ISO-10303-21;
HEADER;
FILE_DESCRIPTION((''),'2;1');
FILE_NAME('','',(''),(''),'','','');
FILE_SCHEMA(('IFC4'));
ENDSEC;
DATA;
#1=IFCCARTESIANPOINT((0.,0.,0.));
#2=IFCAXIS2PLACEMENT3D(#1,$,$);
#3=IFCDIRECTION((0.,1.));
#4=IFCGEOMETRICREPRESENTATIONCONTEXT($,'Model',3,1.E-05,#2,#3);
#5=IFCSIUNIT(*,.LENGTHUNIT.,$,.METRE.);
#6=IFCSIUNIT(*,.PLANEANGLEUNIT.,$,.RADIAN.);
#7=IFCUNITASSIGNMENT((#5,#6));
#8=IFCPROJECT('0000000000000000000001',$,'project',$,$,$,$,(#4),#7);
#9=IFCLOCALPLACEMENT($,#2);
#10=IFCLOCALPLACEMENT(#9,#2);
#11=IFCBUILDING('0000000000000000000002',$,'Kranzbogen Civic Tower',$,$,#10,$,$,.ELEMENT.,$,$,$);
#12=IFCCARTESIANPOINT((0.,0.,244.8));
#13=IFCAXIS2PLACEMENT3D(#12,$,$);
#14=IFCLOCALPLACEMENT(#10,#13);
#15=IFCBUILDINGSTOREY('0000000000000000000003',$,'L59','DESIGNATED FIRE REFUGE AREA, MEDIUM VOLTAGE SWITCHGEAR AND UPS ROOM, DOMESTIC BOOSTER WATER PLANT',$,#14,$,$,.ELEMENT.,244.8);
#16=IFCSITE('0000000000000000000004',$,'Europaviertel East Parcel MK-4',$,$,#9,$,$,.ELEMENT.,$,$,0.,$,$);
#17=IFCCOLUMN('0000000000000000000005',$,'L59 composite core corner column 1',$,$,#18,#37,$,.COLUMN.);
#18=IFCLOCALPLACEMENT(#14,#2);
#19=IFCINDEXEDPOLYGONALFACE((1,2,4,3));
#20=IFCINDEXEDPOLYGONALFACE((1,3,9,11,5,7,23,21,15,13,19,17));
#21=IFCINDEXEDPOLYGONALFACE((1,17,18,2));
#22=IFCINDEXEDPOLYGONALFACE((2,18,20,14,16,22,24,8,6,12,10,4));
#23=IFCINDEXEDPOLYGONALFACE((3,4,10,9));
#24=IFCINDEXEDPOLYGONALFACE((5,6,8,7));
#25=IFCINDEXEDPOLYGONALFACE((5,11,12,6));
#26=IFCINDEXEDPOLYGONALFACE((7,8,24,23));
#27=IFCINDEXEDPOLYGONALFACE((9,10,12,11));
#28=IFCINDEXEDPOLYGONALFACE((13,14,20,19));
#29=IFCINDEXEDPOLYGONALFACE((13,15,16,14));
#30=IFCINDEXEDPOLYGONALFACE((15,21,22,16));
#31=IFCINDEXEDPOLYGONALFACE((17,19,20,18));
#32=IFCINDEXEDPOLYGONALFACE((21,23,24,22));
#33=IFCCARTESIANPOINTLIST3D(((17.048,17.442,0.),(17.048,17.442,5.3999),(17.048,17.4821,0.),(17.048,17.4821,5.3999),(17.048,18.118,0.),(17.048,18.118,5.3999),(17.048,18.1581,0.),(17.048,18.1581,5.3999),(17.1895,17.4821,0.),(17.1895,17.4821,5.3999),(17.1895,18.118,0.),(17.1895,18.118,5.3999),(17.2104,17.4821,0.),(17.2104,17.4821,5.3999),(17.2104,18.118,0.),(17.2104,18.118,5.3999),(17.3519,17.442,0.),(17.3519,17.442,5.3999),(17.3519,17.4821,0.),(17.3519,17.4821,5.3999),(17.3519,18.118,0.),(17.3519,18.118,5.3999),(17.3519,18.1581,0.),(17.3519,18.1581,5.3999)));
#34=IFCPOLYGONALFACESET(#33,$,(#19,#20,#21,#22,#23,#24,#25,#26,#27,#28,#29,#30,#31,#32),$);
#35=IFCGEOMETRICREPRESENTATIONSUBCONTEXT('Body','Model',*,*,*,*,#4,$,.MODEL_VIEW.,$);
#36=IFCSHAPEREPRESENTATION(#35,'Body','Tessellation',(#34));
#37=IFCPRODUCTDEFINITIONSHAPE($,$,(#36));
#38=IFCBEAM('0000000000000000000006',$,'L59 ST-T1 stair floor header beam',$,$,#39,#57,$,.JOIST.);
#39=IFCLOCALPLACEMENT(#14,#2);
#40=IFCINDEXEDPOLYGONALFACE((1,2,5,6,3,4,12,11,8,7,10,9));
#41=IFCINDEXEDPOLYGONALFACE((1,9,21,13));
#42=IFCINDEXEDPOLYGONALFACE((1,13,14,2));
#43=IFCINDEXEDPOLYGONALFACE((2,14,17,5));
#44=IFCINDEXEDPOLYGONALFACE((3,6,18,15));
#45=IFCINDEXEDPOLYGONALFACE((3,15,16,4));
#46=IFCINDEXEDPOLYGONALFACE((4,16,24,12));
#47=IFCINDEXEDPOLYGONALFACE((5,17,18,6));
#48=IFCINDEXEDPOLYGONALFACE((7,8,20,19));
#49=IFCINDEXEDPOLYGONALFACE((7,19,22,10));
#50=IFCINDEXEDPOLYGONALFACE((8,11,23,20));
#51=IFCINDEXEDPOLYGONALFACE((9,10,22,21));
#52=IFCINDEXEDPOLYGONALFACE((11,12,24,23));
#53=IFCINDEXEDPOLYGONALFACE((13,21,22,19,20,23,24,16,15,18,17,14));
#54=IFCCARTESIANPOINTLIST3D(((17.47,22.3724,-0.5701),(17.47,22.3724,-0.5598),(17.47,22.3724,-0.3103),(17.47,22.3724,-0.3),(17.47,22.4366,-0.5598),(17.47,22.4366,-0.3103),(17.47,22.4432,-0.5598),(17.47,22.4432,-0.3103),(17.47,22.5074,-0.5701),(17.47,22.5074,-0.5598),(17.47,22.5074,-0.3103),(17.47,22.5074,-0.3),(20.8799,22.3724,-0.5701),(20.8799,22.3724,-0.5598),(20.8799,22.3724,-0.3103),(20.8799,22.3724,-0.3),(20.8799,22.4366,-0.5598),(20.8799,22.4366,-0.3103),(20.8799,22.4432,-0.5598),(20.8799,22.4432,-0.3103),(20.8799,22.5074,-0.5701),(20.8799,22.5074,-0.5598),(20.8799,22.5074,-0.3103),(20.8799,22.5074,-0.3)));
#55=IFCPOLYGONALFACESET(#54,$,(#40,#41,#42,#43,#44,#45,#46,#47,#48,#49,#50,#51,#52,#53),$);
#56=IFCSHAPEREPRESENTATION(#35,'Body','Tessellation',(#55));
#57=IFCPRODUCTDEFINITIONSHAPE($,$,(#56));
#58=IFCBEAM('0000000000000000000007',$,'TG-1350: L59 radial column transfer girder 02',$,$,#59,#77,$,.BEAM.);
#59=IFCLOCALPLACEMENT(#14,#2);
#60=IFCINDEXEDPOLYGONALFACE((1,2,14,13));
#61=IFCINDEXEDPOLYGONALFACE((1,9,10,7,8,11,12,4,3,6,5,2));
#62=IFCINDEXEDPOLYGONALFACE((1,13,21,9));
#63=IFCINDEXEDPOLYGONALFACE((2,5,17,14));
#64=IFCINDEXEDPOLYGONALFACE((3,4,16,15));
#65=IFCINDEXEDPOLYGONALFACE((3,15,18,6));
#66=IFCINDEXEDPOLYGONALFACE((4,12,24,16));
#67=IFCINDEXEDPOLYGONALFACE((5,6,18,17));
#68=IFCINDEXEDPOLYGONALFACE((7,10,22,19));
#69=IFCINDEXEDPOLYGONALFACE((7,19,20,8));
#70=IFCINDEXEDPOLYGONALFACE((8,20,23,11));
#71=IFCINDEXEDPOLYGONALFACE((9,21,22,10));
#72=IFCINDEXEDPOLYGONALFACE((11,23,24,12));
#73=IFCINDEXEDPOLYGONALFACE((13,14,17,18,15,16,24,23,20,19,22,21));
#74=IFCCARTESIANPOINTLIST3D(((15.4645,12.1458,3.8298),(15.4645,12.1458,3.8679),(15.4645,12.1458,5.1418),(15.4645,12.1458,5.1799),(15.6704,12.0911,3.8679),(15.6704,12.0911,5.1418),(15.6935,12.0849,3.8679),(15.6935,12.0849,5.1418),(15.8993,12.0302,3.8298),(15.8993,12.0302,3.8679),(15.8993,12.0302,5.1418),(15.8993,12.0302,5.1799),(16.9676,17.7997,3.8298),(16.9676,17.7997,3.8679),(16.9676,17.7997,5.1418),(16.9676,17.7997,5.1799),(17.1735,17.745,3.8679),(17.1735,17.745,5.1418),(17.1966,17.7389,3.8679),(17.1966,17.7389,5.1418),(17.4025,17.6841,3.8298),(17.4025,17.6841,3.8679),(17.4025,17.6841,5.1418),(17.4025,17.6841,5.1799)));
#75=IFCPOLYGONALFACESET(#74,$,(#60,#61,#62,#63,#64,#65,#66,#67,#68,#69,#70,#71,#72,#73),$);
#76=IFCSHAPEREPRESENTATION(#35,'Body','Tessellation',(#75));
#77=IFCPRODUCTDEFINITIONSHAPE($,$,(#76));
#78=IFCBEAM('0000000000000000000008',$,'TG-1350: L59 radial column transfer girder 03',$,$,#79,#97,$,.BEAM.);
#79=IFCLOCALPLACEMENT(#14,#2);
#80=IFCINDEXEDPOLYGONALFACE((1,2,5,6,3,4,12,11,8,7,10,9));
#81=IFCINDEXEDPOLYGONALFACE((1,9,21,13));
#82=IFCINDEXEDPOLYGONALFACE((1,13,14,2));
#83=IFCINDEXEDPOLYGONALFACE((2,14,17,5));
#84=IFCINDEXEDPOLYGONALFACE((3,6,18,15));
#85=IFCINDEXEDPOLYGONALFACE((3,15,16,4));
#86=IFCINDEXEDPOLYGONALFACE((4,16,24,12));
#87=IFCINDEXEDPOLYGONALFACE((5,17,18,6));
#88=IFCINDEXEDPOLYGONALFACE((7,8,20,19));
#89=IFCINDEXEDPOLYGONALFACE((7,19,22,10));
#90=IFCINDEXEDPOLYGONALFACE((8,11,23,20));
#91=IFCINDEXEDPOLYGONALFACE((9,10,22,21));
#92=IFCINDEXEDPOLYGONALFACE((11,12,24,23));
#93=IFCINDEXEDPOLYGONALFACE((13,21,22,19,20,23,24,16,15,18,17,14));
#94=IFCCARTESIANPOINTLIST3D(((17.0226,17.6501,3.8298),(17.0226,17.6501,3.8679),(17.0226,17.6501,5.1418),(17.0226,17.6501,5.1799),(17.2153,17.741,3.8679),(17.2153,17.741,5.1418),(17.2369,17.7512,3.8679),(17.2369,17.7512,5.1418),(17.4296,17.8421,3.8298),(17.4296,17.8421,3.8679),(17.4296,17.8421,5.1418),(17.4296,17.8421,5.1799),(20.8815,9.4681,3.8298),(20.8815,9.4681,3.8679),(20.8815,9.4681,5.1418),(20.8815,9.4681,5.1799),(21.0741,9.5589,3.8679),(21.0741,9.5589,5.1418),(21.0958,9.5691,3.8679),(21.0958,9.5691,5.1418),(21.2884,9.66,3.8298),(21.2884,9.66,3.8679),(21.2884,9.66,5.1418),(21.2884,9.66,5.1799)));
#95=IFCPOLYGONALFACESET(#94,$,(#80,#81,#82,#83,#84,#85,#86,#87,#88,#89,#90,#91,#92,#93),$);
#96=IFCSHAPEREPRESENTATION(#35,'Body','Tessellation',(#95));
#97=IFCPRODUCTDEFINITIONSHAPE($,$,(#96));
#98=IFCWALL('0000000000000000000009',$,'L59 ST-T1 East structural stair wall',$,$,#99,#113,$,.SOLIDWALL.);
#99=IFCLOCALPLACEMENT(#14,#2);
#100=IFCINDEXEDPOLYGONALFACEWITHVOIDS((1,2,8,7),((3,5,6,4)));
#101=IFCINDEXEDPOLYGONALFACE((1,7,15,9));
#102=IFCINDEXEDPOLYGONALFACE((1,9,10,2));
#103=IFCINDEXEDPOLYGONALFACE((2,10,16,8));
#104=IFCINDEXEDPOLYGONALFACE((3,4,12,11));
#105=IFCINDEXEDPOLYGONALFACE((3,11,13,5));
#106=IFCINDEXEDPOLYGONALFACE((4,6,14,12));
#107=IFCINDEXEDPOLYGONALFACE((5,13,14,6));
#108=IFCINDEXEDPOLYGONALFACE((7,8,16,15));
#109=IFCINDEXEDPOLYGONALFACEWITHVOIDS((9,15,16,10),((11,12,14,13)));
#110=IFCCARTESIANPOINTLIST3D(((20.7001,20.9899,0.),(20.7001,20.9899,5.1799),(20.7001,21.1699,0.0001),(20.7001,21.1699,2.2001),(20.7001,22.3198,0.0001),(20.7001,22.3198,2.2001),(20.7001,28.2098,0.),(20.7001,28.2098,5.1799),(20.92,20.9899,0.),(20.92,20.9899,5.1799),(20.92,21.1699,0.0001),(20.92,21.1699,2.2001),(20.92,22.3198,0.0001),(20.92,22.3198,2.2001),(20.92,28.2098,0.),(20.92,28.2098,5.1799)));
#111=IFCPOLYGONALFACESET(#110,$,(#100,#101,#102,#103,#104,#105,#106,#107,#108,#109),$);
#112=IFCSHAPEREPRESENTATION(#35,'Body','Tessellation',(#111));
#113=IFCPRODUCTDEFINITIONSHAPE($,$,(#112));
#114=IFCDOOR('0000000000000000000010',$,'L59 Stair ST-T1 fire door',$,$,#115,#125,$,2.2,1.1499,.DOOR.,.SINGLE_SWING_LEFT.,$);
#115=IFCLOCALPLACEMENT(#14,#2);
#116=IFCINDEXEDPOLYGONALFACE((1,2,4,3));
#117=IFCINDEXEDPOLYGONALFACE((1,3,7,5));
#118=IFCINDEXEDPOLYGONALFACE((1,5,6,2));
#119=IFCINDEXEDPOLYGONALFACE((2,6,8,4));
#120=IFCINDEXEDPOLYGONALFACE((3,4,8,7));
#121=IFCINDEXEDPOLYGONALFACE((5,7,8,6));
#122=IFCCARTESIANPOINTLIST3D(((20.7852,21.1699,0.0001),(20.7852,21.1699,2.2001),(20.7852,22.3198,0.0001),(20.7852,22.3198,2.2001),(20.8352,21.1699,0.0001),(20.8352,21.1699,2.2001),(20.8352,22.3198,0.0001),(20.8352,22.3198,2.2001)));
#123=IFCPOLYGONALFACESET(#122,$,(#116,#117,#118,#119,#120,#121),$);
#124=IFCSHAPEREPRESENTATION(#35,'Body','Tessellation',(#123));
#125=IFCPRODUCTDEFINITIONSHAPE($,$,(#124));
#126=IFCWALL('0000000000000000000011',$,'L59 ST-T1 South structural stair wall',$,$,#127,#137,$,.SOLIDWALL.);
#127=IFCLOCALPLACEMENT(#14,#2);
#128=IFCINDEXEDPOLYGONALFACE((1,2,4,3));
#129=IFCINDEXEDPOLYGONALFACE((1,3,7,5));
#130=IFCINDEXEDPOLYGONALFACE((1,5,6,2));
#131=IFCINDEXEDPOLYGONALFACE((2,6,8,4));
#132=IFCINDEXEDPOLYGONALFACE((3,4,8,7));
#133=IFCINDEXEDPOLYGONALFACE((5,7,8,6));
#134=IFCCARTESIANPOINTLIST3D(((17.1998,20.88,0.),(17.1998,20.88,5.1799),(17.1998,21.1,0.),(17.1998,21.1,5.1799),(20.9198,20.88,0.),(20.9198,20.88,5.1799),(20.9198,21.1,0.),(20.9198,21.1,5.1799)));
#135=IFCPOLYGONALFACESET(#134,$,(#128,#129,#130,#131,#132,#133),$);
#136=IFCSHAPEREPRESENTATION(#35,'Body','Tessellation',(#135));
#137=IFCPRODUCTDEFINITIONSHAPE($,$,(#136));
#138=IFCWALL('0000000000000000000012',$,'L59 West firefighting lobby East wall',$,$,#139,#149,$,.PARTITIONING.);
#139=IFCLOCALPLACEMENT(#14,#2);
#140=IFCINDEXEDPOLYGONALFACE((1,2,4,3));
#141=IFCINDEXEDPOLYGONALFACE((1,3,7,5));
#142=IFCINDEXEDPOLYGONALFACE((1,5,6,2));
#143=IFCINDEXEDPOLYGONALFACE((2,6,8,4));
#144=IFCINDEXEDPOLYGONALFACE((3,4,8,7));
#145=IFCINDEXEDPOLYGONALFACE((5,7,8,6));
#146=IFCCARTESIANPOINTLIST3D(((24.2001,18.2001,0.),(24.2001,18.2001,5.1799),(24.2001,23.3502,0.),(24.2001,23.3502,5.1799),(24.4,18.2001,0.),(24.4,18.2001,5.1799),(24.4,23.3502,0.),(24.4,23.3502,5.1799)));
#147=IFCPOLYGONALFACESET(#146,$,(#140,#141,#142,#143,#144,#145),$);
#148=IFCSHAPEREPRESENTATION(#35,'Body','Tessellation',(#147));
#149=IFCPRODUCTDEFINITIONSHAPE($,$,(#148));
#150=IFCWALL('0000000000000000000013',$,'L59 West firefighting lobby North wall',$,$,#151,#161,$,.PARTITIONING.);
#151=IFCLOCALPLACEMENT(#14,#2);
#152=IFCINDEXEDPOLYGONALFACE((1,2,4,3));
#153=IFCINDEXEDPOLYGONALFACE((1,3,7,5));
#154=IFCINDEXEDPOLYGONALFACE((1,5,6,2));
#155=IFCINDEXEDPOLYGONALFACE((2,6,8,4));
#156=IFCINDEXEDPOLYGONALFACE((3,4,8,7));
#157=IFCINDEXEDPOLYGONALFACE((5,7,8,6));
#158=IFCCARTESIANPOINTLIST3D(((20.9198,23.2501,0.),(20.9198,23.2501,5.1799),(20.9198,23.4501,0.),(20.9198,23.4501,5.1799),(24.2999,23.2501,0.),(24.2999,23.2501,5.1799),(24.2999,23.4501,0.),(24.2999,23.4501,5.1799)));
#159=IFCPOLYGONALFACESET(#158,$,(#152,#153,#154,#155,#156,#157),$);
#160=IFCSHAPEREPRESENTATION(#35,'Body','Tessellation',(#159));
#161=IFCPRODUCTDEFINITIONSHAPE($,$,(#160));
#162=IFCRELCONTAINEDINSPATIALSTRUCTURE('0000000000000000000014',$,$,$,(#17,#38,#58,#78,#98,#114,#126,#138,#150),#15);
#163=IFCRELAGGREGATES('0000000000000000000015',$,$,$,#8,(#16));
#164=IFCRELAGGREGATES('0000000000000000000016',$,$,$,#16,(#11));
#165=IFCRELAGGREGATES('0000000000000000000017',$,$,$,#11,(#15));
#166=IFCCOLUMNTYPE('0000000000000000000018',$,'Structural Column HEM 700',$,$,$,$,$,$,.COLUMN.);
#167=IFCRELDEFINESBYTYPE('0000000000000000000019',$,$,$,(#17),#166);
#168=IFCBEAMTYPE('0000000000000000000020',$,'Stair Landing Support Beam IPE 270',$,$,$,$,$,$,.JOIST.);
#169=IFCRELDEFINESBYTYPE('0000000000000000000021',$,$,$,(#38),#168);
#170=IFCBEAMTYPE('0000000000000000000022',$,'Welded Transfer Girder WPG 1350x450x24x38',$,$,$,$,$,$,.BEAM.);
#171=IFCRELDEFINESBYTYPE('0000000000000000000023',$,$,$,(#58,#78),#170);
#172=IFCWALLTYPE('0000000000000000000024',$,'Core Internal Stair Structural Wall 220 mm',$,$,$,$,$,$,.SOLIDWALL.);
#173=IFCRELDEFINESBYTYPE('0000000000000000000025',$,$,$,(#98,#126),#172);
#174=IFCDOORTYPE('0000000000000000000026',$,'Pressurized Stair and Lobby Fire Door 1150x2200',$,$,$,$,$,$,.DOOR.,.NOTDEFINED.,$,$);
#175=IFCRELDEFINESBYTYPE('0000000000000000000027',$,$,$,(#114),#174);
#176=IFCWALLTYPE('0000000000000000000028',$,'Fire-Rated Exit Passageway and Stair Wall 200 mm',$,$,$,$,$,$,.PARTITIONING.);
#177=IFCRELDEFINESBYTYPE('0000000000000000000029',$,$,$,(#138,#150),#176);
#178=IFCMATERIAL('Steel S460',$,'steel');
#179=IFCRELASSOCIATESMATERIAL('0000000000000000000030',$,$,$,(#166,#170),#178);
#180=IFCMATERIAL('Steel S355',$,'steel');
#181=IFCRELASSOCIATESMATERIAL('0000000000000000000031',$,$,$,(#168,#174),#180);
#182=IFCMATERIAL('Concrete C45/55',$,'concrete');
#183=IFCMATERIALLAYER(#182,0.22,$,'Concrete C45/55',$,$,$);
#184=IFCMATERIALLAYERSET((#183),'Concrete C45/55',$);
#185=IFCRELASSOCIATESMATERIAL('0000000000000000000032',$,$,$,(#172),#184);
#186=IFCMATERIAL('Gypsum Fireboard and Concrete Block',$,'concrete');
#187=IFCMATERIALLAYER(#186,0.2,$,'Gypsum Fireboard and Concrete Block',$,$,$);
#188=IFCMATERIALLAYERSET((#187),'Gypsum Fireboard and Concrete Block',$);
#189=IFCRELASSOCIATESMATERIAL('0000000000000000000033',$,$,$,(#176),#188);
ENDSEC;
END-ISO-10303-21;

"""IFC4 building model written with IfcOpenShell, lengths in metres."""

from ifc_helpers import new_model, si_unit, direction, frame, frame_2d, origin, origin_2d, place, context, subcontext, project, spatial, rectangle, i_section, extrude, material, layer, layer_set, material_profile, profile_set, type_object, element, fill, save


model = new_model("IFC4")

# Units and contexts
model_context = context("Model", 3, precision=1e-05, world=origin(), true_north=direction((0.0, 1.0)))
body_context = subcontext(model_context, "Body", "Model", "MODEL_VIEW")
ifc_project = project(units=[si_unit("LENGTHUNIT", "METRE"), si_unit("PLANEANGLEUNIT", "RADIAN")], contexts=[model_context])

# Site, building, storey
site_placement = place(None, origin())
site = spatial("IfcSite", under=ifc_project, at=site_placement, Name="Europaviertel East Parcel MK-4", CompositionType="ELEMENT", RefElevation=0.0)
building_placement = place(site_placement, origin())
building = spatial("IfcBuilding", under=site, at=building_placement, Name="Kranzbogen Civic Tower", CompositionType="ELEMENT")
storey_placement = place(building_placement, frame((0.0, 0.0, 244.8)))
storey = spatial("IfcBuildingStorey", under=building, at=storey_placement, Name="L59", Description="DESIGNATED FIRE REFUGE AREA, MEDIUM VOLTAGE SWITCHGEAR AND UPS ROOM, DOMESTIC BOOSTER WATER PLANT", CompositionType="ELEMENT", Elevation=244.8)

# Column
ifc_material_1 = material(Name="Steel S460", Category="steel")
ifc_material_profile_1 = material_profile(ifc_material_1, i_section(OverallWidth=0.304, OverallDepth=0.7161, WebThickness=0.021, FlangeThickness=0.04, at=origin_2d()), Name="HEM 700")
ifc_profile_set_1 = profile_set([ifc_material_profile_1], Name="Steel S460")
column_type = type_object("IfcColumnType", Name="Structural Column HEM 700", PredefinedType="COLUMN", material=ifc_profile_set_1)
column_placement = place(storey_placement, frame((17.2, 17.8, 0.0), z_axis=(0.0, 0.0, 1.0), x_axis=(1.0, 0.0, 0.0)))
element("IfcColumn", 1, at=column_placement, inside=storey, type_object=column_type, Name="L59 composite core corner column 1", PredefinedType="COLUMN", context=body_context, shape_type="SweptSolid", body=[
    extrude(i_section(OverallWidth=0.304, OverallDepth=0.7161, WebThickness=0.021, FlangeThickness=0.04, at=origin_2d()), origin(), (0.0, 0.0, 1.0), 5.3999),
])

# Beams
ifc_material_2 = material(Name="Steel S355", Category="steel")
ifc_material_profile_2 = material_profile(ifc_material_2, i_section(OverallWidth=0.135, OverallDepth=0.27, WebThickness=0.0066, FlangeThickness=0.0103, at=origin_2d()), Name="IPE 270")
ifc_profile_set_2 = profile_set([ifc_material_profile_2], Name="Steel S355")
beam_type_1 = type_object("IfcBeamType", Name="Stair Landing Support Beam IPE 270", PredefinedType="JOIST", material=ifc_profile_set_2)
beam_1_placement = place(storey_placement, frame((20.8799, 22.4399, -0.4351), z_axis=(-1.0, 0.0, 0.0), x_axis=(0.0, -1.0, 0.0)))
element("IfcBeam", 2, at=beam_1_placement, inside=storey, type_object=beam_type_1, Name="L59 ST-T1 stair floor header beam", PredefinedType="JOIST", context=body_context, shape_type="SweptSolid", body=[
    extrude(i_section(OverallWidth=0.135, OverallDepth=0.27, WebThickness=0.0066, FlangeThickness=0.0103, at=origin_2d()), origin(), (0.0, 0.0, 1.0), 3.4099),
])
ifc_material_profile_3 = material_profile(ifc_material_1, i_section(OverallWidth=0.45, OverallDepth=1.3501, WebThickness=0.0239, FlangeThickness=0.0381, at=origin_2d()), Name="WPG 1350x450x24x38")
ifc_profile_set_3 = profile_set([ifc_material_profile_3], Name="Steel S460")
beam_type_2 = type_object("IfcBeamType", Name="Welded Transfer Girder WPG 1350x450x24x38", PredefinedType="BEAM", material=ifc_profile_set_3)
beam_2_placement = place(storey_placement, frame((17.1851, 17.7419, 4.5049), z_axis=(-0.256933, -0.966429, 0.0), x_axis=(0.966429, -0.256933, 0.0)))
element("IfcBeam", 3, at=beam_2_placement, inside=storey, type_object=beam_type_2, Name="TG-1350: L59 radial column transfer girder 02", PredefinedType="BEAM", context=body_context, shape_type="SweptSolid", body=[
    extrude(i_section(OverallWidth=0.45, OverallDepth=1.3501, WebThickness=0.0239, FlangeThickness=0.0381, at=origin_2d()), origin(), (0.0, 0.0, 1.0), 5.8503),
])
beam_3_placement = place(storey_placement, frame((17.2261, 17.7461, 4.5049), z_axis=(0.426564, -0.904458, 0.0), x_axis=(0.904458, 0.426564, 0.0)))
element("IfcBeam", 4, at=beam_3_placement, inside=storey, type_object=beam_type_2, Name="TG-1350: L59 radial column transfer girder 03", PredefinedType="BEAM", context=body_context, shape_type="SweptSolid", body=[
    extrude(i_section(OverallWidth=0.45, OverallDepth=1.3501, WebThickness=0.0239, FlangeThickness=0.0381, at=origin_2d()), origin(), (0.0, 0.0, 1.0), 9.0464),
])

# Wall, opening, door
ifc_material_3 = material(Name="Concrete C45/55", Category="concrete")
ifc_layer_1 = layer(ifc_material_3, 0.22, Name="Concrete C45/55")
ifc_layer_set_1 = layer_set([ifc_layer_1], Name="Concrete C45/55")
wall_type_1 = type_object("IfcWallType", Name="Core Internal Stair Structural Wall 220 mm", PredefinedType="SOLIDWALL", material=ifc_layer_set_1)
wall_1_placement = place(storey_placement, frame((20.8101, 20.99, 0.0), z_axis=(0.0, 0.0, 1.0), x_axis=(0.0, 1.0, 0.0)))
wall_1 = element("IfcWall", 5, at=wall_1_placement, inside=storey, type_object=wall_type_1, Name="L59 ST-T1 East structural stair wall", PredefinedType="SOLIDWALL", context=body_context, shape_type="SweptSolid", body=[
    extrude(rectangle(XDim=7.22, YDim=0.22, at=frame_2d((3.6099, 0.0))), origin(), (0.0, 0.0, 1.0), 5.1799),
])
opening_1_placement = place(wall_1_placement, frame((0.1799, 0.0, 0.0)))
opening_1 = element("IfcOpeningElement", 6, at=opening_1_placement, cuts=wall_1, PredefinedType="OPENING", context=body_context, shape_type="SweptSolid", body=[
    extrude(rectangle(XDim=1.1499, YDim=2.2, at=frame_2d((0.575, 1.1001))), frame((0.0, 0.1201, 0.0), z_axis=(0.0, -1.0, 0.0), x_axis=(1.0, 0.0, 0.0)), (0.0, 0.0, 1.0), 0.24),
])
door_type_1 = type_object("IfcDoorType", Name="Pressurized Stair and Lobby Fire Door 1150x2200", OperationType="NOTDEFINED", PredefinedType="DOOR", material=ifc_material_2)
door_1_placement = place(opening_1_placement, origin())
door_1 = element("IfcDoor", 7, at=door_1_placement, inside=storey, type_object=door_type_1, Name="L59 Stair ST-T1 fire door", OperationType="SINGLE_SWING_LEFT", OverallHeight=2.2, OverallWidth=1.1499, PredefinedType="DOOR", context=body_context, shape_type="SweptSolid", body=[
    extrude(rectangle(XDim=1.1499, YDim=2.2, at=frame_2d((0.575, 1.1001))), frame((0.0, 0.0249, 0.0), z_axis=(0.0, -1.0, 0.0), x_axis=(1.0, 0.0, 0.0)), (0.0, 0.0, 1.0), 0.05),
])
fill(opening_1, door_1)

# Walls
wall_2_placement = place(storey_placement, frame((17.2, 20.99, 0.0), z_axis=(0.0, 0.0, 1.0), x_axis=(1.0, 0.0, 0.0)))
element("IfcWall", 8, at=wall_2_placement, inside=storey, type_object=wall_type_1, Name="L59 ST-T1 South structural stair wall", PredefinedType="SOLIDWALL", context=body_context, shape_type="SweptSolid", body=[
    extrude(rectangle(XDim=3.72, YDim=0.22, at=frame_2d((1.8599, 0.0))), origin(), (0.0, 0.0, 1.0), 5.1799),
])
ifc_material_4 = material(Name="Gypsum Fireboard and Concrete Block", Category="concrete")
ifc_layer_2 = layer(ifc_material_4, 0.2, Name="Gypsum Fireboard and Concrete Block")
ifc_layer_set_2 = layer_set([ifc_layer_2], Name="Gypsum Fireboard and Concrete Block")
wall_type_2 = type_object("IfcWallType", Name="Fire-Rated Exit Passageway and Stair Wall 200 mm", PredefinedType="PARTITIONING", material=ifc_layer_set_2)
wall_3_placement = place(storey_placement, frame((24.3, 18.2, 0.0), z_axis=(0.0, 0.0, 1.0), x_axis=(0.0, 1.0, 0.0)))
element("IfcWall", 9, at=wall_3_placement, inside=storey, type_object=wall_type_2, Name="L59 West firefighting lobby East wall", PredefinedType="PARTITIONING", context=body_context, shape_type="SweptSolid", body=[
    extrude(rectangle(XDim=5.1501, YDim=0.2, at=frame_2d((2.5752, 0.0))), origin(), (0.0, 0.0, 1.0), 5.1799),
])
wall_4_placement = place(storey_placement, frame((20.9199, 23.3501, 0.0), z_axis=(0.0, 0.0, 1.0), x_axis=(1.0, 0.0, 0.0)))
element("IfcWall", 10, at=wall_4_placement, inside=storey, type_object=wall_type_2, Name="L59 West firefighting lobby North wall", PredefinedType="PARTITIONING", context=body_context, shape_type="SweptSolid", body=[
    extrude(rectangle(XDim=3.3801, YDim=0.2, at=frame_2d((1.6899, 0.0))), origin(), (0.0, 0.0, 1.0), 5.1799),
])

save(model, "model.ifc")
